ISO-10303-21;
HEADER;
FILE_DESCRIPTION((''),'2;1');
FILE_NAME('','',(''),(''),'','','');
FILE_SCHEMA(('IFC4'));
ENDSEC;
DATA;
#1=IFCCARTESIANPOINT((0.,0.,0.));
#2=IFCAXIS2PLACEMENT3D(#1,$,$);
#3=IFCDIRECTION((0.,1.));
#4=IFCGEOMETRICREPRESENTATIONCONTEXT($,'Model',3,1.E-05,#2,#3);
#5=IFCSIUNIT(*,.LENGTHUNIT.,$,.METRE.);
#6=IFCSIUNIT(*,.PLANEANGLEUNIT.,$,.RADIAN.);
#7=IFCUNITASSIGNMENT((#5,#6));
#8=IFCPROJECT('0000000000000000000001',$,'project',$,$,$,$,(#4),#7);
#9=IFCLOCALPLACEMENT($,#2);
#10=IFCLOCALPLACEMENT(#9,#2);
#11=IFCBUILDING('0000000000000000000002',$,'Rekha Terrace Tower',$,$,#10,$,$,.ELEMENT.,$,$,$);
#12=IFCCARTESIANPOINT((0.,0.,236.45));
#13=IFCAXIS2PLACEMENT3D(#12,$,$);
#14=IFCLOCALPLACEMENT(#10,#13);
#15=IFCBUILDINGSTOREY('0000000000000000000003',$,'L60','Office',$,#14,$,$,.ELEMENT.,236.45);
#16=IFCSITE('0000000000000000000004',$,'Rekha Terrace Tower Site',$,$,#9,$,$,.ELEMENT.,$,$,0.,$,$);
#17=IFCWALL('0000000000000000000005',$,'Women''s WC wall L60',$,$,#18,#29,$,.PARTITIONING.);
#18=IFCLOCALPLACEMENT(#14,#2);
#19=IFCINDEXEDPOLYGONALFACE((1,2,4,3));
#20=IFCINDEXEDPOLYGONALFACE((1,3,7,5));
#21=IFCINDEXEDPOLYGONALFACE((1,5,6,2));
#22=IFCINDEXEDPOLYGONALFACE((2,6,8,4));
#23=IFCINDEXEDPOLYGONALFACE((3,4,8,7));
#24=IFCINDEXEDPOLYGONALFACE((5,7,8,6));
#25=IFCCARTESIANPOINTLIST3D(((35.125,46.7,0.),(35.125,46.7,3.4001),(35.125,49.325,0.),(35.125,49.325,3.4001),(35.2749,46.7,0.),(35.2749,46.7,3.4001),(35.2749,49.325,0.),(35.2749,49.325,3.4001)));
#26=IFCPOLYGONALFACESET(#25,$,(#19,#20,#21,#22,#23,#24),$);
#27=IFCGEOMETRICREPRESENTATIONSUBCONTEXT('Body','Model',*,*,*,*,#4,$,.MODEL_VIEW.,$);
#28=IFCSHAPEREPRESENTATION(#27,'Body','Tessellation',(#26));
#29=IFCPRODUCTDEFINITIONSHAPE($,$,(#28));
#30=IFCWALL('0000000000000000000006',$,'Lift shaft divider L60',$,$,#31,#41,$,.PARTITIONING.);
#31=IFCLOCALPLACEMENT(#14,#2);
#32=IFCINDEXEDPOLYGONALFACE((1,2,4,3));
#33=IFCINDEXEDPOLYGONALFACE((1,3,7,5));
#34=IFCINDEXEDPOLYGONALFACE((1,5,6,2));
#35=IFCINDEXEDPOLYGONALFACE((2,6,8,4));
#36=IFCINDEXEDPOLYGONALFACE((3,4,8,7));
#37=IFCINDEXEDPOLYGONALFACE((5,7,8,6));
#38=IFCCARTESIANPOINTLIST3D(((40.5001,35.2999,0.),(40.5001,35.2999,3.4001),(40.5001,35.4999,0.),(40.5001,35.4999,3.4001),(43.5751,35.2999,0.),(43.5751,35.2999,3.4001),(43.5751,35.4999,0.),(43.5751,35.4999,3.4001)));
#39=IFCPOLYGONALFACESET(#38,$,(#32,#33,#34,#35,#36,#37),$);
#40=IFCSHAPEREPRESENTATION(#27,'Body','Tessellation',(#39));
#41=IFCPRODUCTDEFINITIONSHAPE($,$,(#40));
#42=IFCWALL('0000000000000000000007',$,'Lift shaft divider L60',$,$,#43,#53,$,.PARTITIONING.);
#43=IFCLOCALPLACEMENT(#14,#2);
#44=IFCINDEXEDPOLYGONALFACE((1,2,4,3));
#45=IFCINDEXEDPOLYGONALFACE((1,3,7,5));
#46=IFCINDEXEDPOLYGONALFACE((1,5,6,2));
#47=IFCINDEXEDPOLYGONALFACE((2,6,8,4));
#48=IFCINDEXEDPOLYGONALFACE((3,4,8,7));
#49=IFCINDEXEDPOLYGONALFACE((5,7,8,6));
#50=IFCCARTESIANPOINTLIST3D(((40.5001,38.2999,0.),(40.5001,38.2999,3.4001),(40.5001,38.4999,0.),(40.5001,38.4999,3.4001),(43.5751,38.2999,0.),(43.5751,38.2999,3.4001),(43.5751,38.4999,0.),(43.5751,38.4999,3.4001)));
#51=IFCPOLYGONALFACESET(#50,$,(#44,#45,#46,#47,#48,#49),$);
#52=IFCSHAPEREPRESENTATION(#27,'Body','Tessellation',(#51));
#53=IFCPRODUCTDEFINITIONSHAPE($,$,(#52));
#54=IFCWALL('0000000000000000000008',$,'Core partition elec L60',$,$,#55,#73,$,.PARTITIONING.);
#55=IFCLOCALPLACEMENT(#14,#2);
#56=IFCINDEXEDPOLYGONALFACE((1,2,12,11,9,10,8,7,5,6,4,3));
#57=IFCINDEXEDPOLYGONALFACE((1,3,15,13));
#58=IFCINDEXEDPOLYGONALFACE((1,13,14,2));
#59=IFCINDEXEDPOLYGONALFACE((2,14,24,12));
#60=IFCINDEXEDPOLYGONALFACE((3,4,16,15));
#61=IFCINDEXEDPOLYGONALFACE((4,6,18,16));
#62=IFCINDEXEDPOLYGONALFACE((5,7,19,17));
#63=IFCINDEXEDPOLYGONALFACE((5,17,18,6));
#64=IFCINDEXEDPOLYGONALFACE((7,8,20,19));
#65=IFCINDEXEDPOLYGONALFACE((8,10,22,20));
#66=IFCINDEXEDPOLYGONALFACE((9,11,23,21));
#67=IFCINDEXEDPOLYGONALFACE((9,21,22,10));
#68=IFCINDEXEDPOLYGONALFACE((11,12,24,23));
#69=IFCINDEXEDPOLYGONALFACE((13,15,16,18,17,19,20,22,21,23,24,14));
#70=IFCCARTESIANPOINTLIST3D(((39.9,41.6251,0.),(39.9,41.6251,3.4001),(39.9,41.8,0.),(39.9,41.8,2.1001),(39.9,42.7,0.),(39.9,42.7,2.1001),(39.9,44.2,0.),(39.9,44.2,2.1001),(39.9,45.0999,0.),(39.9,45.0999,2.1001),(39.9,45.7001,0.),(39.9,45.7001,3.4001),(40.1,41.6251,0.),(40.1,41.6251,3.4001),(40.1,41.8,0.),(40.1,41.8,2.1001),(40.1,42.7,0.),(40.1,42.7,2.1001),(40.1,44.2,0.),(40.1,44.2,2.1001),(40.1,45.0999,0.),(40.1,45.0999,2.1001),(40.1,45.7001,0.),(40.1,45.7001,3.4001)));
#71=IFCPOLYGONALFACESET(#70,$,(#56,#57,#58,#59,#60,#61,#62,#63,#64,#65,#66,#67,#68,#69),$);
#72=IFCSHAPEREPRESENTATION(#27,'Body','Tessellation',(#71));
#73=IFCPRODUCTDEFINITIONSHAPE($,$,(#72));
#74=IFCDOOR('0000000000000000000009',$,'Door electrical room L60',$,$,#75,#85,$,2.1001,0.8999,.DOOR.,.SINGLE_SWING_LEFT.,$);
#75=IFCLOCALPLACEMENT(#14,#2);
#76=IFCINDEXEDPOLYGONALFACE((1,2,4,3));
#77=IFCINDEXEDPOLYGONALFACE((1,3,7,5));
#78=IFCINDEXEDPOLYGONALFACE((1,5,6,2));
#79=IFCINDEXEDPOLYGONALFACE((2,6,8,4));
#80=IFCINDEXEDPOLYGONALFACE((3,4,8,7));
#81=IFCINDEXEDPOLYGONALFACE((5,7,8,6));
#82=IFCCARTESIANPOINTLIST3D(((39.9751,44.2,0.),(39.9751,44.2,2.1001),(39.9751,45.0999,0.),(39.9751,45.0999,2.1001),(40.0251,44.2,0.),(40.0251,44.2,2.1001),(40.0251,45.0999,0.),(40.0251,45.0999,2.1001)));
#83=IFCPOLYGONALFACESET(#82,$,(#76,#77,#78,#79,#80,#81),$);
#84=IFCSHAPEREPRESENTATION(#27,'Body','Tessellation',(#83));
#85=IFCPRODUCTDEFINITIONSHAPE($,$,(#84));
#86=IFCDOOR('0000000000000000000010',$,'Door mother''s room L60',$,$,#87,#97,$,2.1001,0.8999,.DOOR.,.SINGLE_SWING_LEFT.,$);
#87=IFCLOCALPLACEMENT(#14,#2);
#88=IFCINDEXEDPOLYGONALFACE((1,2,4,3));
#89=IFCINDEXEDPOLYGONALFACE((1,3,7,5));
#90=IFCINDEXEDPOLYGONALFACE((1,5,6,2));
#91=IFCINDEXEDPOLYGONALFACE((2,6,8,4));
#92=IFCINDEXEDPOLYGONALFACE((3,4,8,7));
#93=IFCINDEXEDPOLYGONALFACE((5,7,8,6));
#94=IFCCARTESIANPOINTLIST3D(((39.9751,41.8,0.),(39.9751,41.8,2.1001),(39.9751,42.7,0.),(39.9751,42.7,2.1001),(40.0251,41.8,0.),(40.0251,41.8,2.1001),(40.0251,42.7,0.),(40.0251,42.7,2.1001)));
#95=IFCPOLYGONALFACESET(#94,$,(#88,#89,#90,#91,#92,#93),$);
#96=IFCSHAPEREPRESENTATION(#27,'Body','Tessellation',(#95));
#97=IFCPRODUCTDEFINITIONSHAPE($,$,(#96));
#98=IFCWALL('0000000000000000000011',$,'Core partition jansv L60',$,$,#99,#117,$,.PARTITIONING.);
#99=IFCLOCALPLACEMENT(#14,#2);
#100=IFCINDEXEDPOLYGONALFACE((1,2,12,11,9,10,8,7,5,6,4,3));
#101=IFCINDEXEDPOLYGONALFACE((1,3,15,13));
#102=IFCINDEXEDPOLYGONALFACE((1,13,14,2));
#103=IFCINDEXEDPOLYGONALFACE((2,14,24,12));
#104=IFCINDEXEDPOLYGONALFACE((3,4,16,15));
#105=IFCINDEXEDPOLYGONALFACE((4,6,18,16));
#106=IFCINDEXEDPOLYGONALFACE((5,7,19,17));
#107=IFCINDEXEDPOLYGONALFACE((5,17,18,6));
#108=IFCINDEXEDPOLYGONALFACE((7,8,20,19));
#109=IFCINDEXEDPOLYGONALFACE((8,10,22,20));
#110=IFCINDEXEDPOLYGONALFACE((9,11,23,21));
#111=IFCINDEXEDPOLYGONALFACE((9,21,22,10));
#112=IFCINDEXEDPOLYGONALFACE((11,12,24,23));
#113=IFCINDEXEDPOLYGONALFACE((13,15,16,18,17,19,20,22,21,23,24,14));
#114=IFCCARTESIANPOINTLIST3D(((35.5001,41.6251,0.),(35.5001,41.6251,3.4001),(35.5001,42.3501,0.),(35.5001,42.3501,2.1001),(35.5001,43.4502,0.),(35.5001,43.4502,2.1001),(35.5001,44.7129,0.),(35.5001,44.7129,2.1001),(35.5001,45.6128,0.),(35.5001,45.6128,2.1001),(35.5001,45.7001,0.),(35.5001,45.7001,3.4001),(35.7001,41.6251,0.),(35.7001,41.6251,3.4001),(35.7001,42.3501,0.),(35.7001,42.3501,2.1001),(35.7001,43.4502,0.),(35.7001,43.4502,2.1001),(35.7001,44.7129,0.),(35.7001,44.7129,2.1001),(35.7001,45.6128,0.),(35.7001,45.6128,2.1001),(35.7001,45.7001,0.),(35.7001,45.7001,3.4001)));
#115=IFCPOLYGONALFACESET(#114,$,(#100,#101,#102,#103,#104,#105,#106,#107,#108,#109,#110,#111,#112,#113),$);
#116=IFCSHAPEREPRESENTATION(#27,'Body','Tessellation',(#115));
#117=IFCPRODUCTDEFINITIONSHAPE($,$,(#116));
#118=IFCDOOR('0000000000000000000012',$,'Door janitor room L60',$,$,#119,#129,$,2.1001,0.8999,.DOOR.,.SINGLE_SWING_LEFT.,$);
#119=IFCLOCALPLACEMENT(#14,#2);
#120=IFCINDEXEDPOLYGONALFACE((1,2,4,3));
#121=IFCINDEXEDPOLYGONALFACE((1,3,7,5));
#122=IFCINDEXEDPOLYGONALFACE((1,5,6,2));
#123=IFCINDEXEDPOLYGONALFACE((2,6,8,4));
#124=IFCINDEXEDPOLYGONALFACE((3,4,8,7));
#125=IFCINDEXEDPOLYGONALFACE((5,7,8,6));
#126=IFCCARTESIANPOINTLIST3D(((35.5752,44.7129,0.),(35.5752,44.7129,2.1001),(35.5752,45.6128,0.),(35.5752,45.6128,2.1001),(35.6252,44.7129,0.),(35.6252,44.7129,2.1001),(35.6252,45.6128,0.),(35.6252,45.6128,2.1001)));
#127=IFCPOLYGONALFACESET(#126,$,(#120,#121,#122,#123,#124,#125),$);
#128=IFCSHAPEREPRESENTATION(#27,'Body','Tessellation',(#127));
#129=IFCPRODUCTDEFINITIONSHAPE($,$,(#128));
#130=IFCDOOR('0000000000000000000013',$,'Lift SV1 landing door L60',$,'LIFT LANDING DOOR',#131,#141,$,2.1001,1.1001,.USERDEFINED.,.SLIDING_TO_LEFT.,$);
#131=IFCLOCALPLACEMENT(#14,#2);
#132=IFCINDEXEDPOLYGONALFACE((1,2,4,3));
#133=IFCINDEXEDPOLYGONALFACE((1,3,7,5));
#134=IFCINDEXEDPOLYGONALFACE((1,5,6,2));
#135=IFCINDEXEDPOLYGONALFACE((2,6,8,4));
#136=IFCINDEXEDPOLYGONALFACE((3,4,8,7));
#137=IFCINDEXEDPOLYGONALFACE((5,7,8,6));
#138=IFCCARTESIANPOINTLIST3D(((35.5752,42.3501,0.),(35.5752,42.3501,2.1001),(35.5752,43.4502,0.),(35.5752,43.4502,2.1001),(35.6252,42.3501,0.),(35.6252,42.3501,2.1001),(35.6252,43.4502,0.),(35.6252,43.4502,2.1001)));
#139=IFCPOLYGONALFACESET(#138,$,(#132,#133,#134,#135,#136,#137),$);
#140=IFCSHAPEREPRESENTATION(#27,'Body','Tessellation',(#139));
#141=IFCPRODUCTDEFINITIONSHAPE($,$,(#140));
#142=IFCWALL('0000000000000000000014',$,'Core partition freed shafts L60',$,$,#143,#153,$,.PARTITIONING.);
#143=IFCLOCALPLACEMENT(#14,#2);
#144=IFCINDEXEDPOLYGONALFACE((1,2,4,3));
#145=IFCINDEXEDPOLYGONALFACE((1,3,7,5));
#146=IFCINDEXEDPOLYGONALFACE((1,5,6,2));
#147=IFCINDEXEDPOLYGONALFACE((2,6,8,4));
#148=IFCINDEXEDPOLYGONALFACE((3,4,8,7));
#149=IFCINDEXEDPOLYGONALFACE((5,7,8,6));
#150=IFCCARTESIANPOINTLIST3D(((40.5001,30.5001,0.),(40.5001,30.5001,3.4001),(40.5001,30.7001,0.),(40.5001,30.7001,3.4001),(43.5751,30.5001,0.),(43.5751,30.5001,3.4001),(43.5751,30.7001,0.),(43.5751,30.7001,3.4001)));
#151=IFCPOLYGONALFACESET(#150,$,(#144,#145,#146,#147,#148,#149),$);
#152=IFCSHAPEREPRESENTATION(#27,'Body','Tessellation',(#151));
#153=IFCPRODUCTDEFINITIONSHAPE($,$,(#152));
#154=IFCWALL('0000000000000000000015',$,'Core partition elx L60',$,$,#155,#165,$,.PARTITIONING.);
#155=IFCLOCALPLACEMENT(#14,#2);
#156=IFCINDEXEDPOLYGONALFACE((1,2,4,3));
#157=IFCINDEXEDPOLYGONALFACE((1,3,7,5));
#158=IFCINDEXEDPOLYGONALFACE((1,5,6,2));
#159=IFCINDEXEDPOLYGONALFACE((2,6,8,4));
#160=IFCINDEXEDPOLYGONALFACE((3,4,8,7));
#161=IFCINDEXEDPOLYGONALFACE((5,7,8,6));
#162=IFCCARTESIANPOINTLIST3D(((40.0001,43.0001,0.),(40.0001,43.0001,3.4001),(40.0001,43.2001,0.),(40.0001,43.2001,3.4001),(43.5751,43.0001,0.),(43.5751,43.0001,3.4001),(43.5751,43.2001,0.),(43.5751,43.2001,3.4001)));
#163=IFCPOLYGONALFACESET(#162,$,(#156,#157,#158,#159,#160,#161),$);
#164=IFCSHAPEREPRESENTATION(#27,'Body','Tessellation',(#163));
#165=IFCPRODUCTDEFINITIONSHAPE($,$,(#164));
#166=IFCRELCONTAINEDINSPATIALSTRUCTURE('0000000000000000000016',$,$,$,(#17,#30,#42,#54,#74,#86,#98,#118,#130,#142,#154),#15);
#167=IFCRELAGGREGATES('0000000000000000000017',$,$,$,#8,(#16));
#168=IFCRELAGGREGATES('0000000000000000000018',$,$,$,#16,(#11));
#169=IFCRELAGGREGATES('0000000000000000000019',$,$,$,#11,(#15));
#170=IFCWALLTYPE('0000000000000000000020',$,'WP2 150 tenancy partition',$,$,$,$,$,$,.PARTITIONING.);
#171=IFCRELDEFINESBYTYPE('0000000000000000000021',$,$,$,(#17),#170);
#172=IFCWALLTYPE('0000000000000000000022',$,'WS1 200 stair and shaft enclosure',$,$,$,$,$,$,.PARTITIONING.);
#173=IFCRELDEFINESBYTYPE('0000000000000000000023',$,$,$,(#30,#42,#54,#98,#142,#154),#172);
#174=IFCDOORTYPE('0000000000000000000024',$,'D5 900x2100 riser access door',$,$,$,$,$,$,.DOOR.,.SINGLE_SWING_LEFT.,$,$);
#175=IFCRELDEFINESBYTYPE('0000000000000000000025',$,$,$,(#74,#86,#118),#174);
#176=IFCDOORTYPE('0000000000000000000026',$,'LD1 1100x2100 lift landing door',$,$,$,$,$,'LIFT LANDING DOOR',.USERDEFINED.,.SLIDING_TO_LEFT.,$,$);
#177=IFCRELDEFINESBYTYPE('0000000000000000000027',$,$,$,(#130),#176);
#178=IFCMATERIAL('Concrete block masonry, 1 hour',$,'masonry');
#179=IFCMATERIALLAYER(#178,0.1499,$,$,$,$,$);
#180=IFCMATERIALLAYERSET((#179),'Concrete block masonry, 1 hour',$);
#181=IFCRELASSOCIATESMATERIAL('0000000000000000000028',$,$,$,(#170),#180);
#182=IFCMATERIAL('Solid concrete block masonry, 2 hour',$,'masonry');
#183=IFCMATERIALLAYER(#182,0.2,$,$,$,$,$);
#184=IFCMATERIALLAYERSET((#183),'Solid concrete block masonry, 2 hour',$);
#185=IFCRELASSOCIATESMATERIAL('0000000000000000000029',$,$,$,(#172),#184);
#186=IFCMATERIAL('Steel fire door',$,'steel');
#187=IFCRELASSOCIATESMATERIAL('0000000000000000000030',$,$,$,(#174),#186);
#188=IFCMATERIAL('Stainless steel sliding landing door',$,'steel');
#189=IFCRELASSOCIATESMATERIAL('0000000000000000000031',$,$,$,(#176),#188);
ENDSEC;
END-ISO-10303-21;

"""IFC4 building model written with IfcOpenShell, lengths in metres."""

from ifc_helpers import new_model, si_unit, direction, frame, frame_2d, origin, place, context, subcontext, project, spatial, rectangle, extrude, material, layer, layer_set, type_object, element, fill, save


model = new_model("IFC4")

# Units and contexts
model_context = context("Model", 3, precision=1e-05, world=origin(), true_north=direction((0.0, 1.0)))
body_context = subcontext(model_context, "Body", "Model", "MODEL_VIEW")
ifc_project = project(units=[si_unit("LENGTHUNIT", "METRE"), si_unit("PLANEANGLEUNIT", "RADIAN")], contexts=[model_context])

# Site, building, storey
site_placement = place(None, origin())
site = spatial("IfcSite", under=ifc_project, at=site_placement, Name="Rekha Terrace Tower Site", CompositionType="ELEMENT", RefElevation=0.0)
building_placement = place(site_placement, origin())
building = spatial("IfcBuilding", under=site, at=building_placement, Name="Rekha Terrace Tower", CompositionType="ELEMENT")
storey_placement = place(building_placement, frame((0.0, 0.0, 236.45)))
storey = spatial("IfcBuildingStorey", under=building, at=storey_placement, Name="L60", Description="Office", CompositionType="ELEMENT", Elevation=236.45)

# Shared definitions
ifc_material_1 = material(Name="Stainless steel sliding landing door", Category="steel")
ifc_material_2 = material(Name="Steel fire door", Category="steel")

# Walls
ifc_material_3 = material(Name="Concrete block masonry, 1 hour", Category="masonry")
ifc_layer_1 = layer(ifc_material_3, 0.1499)
ifc_layer_set_1 = layer_set([ifc_layer_1], Name="Concrete block masonry, 1 hour")
wall_type_1 = type_object("IfcWallType", Name="WP2 150 tenancy partition", PredefinedType="PARTITIONING", material=ifc_layer_set_1)
for number, where, z_axis, x_axis, name in (
    (1, (35.2, 46.7, 0.0), (0.0, 0.0, 1.0), (0.0, 1.0, 0.0), "Women's WC wall L60"),
):
    element("IfcWall", number, at=place(storey_placement, frame(where, z_axis=z_axis, x_axis=x_axis)), inside=storey, type_object=wall_type_1, Name=name, PredefinedType="PARTITIONING", context=body_context, shape_type="SweptSolid", body=[
        extrude(rectangle(XDim=2.625, YDim=0.1499, at=frame_2d((1.3125, 0.0))), origin(), (0.0, 0.0, 1.0), 3.4001),
    ])
ifc_material_4 = material(Name="Solid concrete block masonry, 2 hour", Category="masonry")
ifc_layer_2 = layer(ifc_material_4, 0.2)
ifc_layer_set_2 = layer_set([ifc_layer_2], Name="Solid concrete block masonry, 2 hour")
wall_type_2 = type_object("IfcWallType", Name="WS1 200 stair and shaft enclosure", PredefinedType="PARTITIONING", material=ifc_layer_set_2)
for number, where, z_axis, x_axis, name in (
    (2, (40.5, 35.3999, 0.0), (0.0, 0.0, 1.0), (1.0, 0.0, 0.0), "Lift shaft divider L60"),
    (3, (40.5, 38.3999, 0.0), (0.0, 0.0, 1.0), (1.0, 0.0, 0.0), "Lift shaft divider L60"),
):
    element("IfcWall", number, at=place(storey_placement, frame(where, z_axis=z_axis, x_axis=x_axis)), inside=storey, type_object=wall_type_2, Name=name, PredefinedType="PARTITIONING", context=body_context, shape_type="SweptSolid", body=[
        extrude(rectangle(XDim=3.075, YDim=0.2, at=frame_2d((1.5376, 0.0))), origin(), (0.0, 0.0, 1.0), 3.4001),
    ])

# Walls, openings, doors
wall_1_placement = place(storey_placement, frame((40.0, 41.625, 0.0), z_axis=(0.0, 0.0, 1.0), x_axis=(0.0, 1.0, 0.0)))
wall_1 = element("IfcWall", 4, at=wall_1_placement, inside=storey, type_object=wall_type_2, Name="Core partition elec L60", PredefinedType="PARTITIONING", context=body_context, shape_type="SweptSolid", body=[
    extrude(rectangle(XDim=4.075, YDim=0.2, at=frame_2d((2.0376, 0.0))), origin(), (0.0, 0.0, 1.0), 3.4001),
])
opening_1_placement = place(wall_1_placement, frame((2.575, 0.0, 0.0)))
opening_1 = element("IfcOpeningElement", 5, at=opening_1_placement, cuts=wall_1, PredefinedType="OPENING", context=body_context, shape_type="SweptSolid", body=[
    extrude(rectangle(XDim=0.8999, YDim=2.1001, at=frame_2d((0.45, 1.05))), frame((0.0, 0.1099, 0.0), z_axis=(0.0, -1.0, 0.0), x_axis=(1.0, 0.0, 0.0)), (0.0, 0.0, 1.0), 0.22),
])
opening_2_placement = place(wall_1_placement, frame((0.175, 0.0, 0.0)))
opening_2 = element("IfcOpeningElement", 6, at=opening_2_placement, cuts=wall_1, PredefinedType="OPENING", context=body_context, shape_type="SweptSolid", body=[
    extrude(rectangle(XDim=0.8999, YDim=2.1001, at=frame_2d((0.45, 1.05))), frame((0.0, 0.1099, 0.0), z_axis=(0.0, -1.0, 0.0), x_axis=(1.0, 0.0, 0.0)), (0.0, 0.0, 1.0), 0.22),
])
door_type_1 = type_object("IfcDoorType", Name="D5 900x2100 riser access door", OperationType="SINGLE_SWING_LEFT", PredefinedType="DOOR", material=ifc_material_2)
door_1_placement = place(opening_1_placement, origin())
door_1 = element("IfcDoor", 7, at=door_1_placement, inside=storey, type_object=door_type_1, Name="Door electrical room L60", OperationType="SINGLE_SWING_LEFT", OverallHeight=2.1001, OverallWidth=0.8999, PredefinedType="DOOR", context=body_context, shape_type="SweptSolid", body=[
    extrude(rectangle(XDim=0.8999, YDim=2.1001, at=frame_2d((0.45, 1.05))), frame((0.0, 0.0249, 0.0), z_axis=(0.0, -1.0, 0.0), x_axis=(1.0, 0.0, 0.0)), (0.0, 0.0, 1.0), 0.05),
])
fill(opening_1, door_1)
door_2_placement = place(opening_2_placement, origin())
door_2 = element("IfcDoor", 8, at=door_2_placement, inside=storey, type_object=door_type_1, Name="Door mother's room L60", OperationType="SINGLE_SWING_LEFT", OverallHeight=2.1001, OverallWidth=0.8999, PredefinedType="DOOR", context=body_context, shape_type="SweptSolid", body=[
    extrude(rectangle(XDim=0.8999, YDim=2.1001, at=frame_2d((0.45, 1.05))), frame((0.0, 0.0249, 0.0), z_axis=(0.0, -1.0, 0.0), x_axis=(1.0, 0.0, 0.0)), (0.0, 0.0, 1.0), 0.05),
])
fill(opening_2, door_2)
wall_2_placement = place(storey_placement, frame((35.6001, 41.625, 0.0), z_axis=(0.0, 0.0, 1.0), x_axis=(0.0, 1.0, 0.0)))
wall_2 = element("IfcWall", 9, at=wall_2_placement, inside=storey, type_object=wall_type_2, Name="Core partition jansv L60", PredefinedType="PARTITIONING", context=body_context, shape_type="SweptSolid", body=[
    extrude(rectangle(XDim=4.075, YDim=0.2, at=frame_2d((2.0376, 0.0))), origin(), (0.0, 0.0, 1.0), 3.4001),
])
opening_3_placement = place(wall_2_placement, frame((3.0879, 0.0, 0.0)))
opening_3 = element("IfcOpeningElement", 10, at=opening_3_placement, cuts=wall_2, PredefinedType="OPENING", context=body_context, shape_type="SweptSolid", body=[
    extrude(rectangle(XDim=0.8999, YDim=2.1001, at=frame_2d((0.45, 1.05))), frame((0.0, 0.1099, 0.0), z_axis=(0.0, -1.0, 0.0), x_axis=(1.0, 0.0, 0.0)), (0.0, 0.0, 1.0), 0.22),
])
opening_4_placement = place(wall_2_placement, frame((0.7251, 0.0, 0.0)))
opening_4 = element("IfcOpeningElement", 11, at=opening_4_placement, cuts=wall_2, PredefinedType="OPENING", context=body_context, shape_type="SweptSolid", body=[
    extrude(rectangle(XDim=1.1001, YDim=2.1001, at=frame_2d((0.55, 1.05))), frame((0.0, 0.1099, 0.0), z_axis=(0.0, -1.0, 0.0), x_axis=(1.0, 0.0, 0.0)), (0.0, 0.0, 1.0), 0.22),
])
door_3_placement = place(opening_3_placement, origin())
door_3 = element("IfcDoor", 12, at=door_3_placement, inside=storey, type_object=door_type_1, Name="Door janitor room L60", OperationType="SINGLE_SWING_LEFT", OverallHeight=2.1001, OverallWidth=0.8999, PredefinedType="DOOR", context=body_context, shape_type="SweptSolid", body=[
    extrude(rectangle(XDim=0.8999, YDim=2.1001, at=frame_2d((0.45, 1.05))), frame((0.0, 0.0249, 0.0), z_axis=(0.0, -1.0, 0.0), x_axis=(1.0, 0.0, 0.0)), (0.0, 0.0, 1.0), 0.05),
])
fill(opening_3, door_3)
door_type_2 = type_object("IfcDoorType", Name="LD1 1100x2100 lift landing door", ElementType="LIFT LANDING DOOR", OperationType="SLIDING_TO_LEFT", PredefinedType="USERDEFINED", material=ifc_material_1)
door_4_placement = place(opening_4_placement, origin())
door_4 = element("IfcDoor", 13, at=door_4_placement, inside=storey, type_object=door_type_2, Name="Lift SV1 landing door L60", ObjectType="LIFT LANDING DOOR", OperationType="SLIDING_TO_LEFT", OverallHeight=2.1001, OverallWidth=1.1001, PredefinedType="USERDEFINED", context=body_context, shape_type="SweptSolid", body=[
    extrude(rectangle(XDim=1.1001, YDim=2.1001, at=frame_2d((0.55, 1.05))), frame((0.0, 0.0249, 0.0), z_axis=(0.0, -1.0, 0.0), x_axis=(1.0, 0.0, 0.0)), (0.0, 0.0, 1.0), 0.05),
])
fill(opening_4, door_4)

# Walls
wall_3_placement = place(storey_placement, frame((40.5, 30.6001, 0.0), z_axis=(0.0, 0.0, 1.0), x_axis=(1.0, 0.0, 0.0)))
element("IfcWall", 14, at=wall_3_placement, inside=storey, type_object=wall_type_2, Name="Core partition freed shafts L60", PredefinedType="PARTITIONING", context=body_context, shape_type="SweptSolid", body=[
    extrude(rectangle(XDim=3.075, YDim=0.2, at=frame_2d((1.5376, 0.0))), origin(), (0.0, 0.0, 1.0), 3.4001),
])
wall_4_placement = place(storey_placement, frame((40.0, 43.1001, 0.0), z_axis=(0.0, 0.0, 1.0), x_axis=(1.0, 0.0, 0.0)))
element("IfcWall", 15, at=wall_4_placement, inside=storey, type_object=wall_type_2, Name="Core partition elx L60", PredefinedType="PARTITIONING", context=body_context, shape_type="SweptSolid", body=[
    extrude(rectangle(XDim=3.575, YDim=0.2, at=frame_2d((1.7876, 0.0))), origin(), (0.0, 0.0, 1.0), 3.4001),
])

save(model, "model.ifc")
